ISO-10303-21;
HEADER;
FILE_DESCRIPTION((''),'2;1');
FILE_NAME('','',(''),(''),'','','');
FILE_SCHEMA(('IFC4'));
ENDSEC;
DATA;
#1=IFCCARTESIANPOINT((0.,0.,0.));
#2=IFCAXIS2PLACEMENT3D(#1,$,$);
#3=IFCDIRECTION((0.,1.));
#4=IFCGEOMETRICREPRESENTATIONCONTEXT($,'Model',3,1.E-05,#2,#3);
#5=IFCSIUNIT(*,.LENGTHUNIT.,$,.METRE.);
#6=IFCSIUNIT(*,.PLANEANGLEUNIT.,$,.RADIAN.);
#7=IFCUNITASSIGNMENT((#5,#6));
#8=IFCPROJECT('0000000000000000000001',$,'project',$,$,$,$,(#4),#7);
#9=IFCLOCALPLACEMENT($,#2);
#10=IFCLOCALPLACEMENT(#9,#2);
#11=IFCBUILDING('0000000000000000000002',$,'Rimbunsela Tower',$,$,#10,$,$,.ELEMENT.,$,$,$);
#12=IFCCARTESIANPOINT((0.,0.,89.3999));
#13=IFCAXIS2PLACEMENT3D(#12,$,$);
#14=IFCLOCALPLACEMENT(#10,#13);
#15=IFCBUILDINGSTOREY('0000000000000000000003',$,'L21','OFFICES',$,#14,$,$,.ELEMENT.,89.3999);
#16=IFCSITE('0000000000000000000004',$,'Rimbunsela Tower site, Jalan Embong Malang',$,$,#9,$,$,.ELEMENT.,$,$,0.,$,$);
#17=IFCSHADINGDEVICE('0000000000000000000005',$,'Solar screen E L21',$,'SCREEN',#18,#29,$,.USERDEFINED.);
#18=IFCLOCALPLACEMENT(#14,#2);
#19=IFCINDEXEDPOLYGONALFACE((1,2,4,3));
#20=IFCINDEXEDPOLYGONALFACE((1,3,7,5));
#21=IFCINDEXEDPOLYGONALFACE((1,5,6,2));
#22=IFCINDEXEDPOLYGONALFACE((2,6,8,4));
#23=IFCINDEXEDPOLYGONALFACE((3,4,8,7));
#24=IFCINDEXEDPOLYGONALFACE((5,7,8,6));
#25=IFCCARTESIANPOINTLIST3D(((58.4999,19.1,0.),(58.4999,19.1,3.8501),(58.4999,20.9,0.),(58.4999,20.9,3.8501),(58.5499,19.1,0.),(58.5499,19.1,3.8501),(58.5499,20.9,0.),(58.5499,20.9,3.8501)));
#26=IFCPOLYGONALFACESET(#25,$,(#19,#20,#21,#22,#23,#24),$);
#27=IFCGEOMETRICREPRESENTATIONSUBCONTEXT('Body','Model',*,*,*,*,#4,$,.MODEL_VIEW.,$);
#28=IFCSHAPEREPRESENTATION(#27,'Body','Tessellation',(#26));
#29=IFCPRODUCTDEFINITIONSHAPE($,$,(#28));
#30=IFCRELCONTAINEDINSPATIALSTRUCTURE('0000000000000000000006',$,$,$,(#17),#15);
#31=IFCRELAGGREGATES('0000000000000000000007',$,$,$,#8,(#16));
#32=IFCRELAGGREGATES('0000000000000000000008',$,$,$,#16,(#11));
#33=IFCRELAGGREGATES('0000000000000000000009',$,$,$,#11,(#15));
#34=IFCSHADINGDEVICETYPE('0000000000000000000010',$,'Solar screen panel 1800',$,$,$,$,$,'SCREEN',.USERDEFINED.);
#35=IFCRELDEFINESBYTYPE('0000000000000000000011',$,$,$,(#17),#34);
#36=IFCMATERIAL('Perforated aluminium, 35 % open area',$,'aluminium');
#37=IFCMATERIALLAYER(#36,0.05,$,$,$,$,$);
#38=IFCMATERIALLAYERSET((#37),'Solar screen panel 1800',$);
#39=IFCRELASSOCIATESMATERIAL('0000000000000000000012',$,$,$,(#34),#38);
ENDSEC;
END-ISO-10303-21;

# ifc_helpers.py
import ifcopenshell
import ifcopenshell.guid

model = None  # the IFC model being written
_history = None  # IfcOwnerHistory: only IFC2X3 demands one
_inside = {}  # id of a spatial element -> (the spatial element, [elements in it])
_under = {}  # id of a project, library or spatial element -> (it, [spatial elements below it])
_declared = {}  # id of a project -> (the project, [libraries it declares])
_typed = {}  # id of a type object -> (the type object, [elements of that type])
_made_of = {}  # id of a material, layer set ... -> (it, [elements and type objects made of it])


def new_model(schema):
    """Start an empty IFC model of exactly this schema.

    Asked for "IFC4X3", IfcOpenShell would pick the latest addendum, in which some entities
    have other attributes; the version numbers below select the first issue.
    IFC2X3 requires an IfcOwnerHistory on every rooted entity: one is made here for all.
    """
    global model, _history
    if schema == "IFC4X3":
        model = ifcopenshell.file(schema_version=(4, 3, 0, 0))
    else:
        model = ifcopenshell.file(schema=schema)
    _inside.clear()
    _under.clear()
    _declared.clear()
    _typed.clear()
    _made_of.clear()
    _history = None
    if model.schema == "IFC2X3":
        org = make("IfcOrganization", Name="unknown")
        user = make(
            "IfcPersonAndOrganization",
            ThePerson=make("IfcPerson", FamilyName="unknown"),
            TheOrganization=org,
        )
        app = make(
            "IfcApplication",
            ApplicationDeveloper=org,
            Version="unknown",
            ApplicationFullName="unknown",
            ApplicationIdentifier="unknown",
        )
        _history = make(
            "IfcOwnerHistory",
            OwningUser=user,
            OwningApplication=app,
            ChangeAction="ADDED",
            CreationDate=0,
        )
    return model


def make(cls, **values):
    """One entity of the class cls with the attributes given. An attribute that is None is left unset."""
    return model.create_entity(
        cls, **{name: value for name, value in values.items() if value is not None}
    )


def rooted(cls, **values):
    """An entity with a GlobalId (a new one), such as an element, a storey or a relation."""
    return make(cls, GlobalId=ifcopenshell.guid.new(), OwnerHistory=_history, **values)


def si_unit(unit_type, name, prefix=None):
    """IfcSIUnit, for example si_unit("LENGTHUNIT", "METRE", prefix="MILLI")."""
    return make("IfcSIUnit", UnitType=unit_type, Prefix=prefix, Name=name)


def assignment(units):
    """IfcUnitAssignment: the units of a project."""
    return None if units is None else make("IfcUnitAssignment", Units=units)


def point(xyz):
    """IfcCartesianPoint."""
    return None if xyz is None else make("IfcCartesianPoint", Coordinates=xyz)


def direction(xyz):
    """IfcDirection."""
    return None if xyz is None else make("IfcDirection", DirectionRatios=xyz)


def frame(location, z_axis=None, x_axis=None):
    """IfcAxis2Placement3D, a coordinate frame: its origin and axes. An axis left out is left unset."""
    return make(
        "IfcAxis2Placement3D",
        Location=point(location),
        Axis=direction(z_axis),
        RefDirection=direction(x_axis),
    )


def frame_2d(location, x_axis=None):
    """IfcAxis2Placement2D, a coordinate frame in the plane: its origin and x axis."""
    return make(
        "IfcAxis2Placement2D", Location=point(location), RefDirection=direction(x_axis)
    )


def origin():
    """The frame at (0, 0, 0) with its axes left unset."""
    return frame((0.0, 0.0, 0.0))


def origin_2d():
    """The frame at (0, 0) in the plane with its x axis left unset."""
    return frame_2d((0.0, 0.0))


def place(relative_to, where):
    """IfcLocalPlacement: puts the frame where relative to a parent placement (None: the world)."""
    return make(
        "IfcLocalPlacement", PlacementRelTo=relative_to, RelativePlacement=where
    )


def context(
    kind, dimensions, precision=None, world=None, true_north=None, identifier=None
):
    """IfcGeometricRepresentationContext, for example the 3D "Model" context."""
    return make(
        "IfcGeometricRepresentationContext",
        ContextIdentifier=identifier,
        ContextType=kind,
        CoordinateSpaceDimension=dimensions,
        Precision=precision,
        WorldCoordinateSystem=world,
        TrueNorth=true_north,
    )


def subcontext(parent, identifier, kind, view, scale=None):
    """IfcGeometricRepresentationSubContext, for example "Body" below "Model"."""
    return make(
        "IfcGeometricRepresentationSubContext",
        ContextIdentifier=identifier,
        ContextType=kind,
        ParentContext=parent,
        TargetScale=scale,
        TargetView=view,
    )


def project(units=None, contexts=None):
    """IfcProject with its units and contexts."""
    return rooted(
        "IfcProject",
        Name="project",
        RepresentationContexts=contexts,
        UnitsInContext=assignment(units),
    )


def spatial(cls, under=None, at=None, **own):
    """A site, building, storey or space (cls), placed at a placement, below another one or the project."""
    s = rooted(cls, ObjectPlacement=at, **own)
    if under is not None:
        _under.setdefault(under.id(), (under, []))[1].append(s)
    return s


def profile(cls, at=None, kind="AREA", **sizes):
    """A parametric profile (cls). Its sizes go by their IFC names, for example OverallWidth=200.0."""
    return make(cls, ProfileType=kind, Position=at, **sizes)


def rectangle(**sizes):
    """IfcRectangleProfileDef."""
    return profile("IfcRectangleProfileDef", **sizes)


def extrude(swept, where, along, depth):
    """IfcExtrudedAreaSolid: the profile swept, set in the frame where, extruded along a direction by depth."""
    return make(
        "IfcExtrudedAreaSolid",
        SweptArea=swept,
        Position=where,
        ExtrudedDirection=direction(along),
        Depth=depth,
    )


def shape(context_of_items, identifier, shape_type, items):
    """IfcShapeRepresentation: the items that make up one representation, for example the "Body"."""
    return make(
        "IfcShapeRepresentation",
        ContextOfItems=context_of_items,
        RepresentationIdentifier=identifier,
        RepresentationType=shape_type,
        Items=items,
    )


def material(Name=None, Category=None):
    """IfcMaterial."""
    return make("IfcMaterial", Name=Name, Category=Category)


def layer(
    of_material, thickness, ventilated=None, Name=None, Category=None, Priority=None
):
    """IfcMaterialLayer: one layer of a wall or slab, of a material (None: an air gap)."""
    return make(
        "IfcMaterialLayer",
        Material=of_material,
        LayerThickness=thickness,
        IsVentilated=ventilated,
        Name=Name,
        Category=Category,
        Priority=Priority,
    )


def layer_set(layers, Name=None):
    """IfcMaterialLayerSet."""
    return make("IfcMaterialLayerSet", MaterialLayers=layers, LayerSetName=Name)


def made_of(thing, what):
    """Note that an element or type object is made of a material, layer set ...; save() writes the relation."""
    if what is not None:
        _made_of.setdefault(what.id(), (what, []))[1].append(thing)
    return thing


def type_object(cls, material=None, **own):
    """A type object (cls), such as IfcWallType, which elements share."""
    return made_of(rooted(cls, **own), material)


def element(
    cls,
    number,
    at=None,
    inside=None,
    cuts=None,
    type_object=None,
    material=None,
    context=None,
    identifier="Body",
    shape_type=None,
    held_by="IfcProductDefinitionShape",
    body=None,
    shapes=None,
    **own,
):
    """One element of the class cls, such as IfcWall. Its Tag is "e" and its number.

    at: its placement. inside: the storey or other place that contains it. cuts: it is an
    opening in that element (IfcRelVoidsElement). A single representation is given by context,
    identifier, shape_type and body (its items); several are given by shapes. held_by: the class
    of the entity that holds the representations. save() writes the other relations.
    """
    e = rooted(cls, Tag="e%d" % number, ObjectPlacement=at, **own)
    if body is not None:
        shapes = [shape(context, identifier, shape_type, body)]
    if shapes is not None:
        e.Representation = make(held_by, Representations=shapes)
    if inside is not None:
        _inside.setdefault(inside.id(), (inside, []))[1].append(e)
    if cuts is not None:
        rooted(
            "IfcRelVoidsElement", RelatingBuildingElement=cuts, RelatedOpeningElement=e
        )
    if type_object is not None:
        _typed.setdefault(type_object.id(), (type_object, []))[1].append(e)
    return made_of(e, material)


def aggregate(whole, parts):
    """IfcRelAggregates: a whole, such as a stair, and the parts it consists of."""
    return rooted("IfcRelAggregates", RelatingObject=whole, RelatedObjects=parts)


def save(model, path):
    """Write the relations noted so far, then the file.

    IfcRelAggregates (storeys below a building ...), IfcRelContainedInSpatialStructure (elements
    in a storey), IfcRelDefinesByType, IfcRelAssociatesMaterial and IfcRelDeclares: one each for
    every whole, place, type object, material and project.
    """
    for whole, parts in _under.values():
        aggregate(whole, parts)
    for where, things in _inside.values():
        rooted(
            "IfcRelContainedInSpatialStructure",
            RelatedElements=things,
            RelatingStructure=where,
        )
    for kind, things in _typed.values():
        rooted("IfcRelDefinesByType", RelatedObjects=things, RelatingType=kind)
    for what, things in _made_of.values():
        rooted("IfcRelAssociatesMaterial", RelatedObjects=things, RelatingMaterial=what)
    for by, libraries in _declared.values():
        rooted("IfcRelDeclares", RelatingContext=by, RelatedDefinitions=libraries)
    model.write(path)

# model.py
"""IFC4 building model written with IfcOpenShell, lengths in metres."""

from ifc_helpers import new_model, si_unit, direction, frame, origin, origin_2d, place, context, subcontext, project, spatial, rectangle, extrude, material, layer, layer_set, type_object, element, save


model = new_model("IFC4")

# Units and contexts
model_context = context("Model", 3, precision=1e-05, world=origin(), true_north=direction((0.0, 1.0)))
body_context = subcontext(model_context, "Body", "Model", "MODEL_VIEW")
ifc_project = project(units=[si_unit("LENGTHUNIT", "METRE"), si_unit("PLANEANGLEUNIT", "RADIAN")], contexts=[model_context])

# Site, building, storey
site_placement = place(None, origin())
site = spatial("IfcSite", under=ifc_project, at=site_placement, Name="Rimbunsela Tower site, Jalan Embong Malang", CompositionType="ELEMENT", RefElevation=0.0)
building_placement = place(site_placement, origin())
building = spatial("IfcBuilding", under=site, at=building_placement, Name="Rimbunsela Tower", CompositionType="ELEMENT")
storey_placement = place(building_placement, frame((0.0, 0.0, 89.3999)))
storey = spatial("IfcBuildingStorey", under=building, at=storey_placement, Name="L21", Description="OFFICES", CompositionType="ELEMENT", Elevation=89.3999)

# Shading device
ifc_material_1 = material(Name="Perforated aluminium, 35 % open area", Category="aluminium")
ifc_layer_1 = layer(ifc_material_1, 0.05)
ifc_layer_set_1 = layer_set([ifc_layer_1], Name="Solar screen panel 1800")
shading_device_type = type_object("IfcShadingDeviceType", Name="Solar screen panel 1800", ElementType="SCREEN", PredefinedType="USERDEFINED", material=ifc_layer_set_1)
for number, where, z_axis, x_axis, name in (
    (1, (58.5249, 20.0, 0.0), (0.0, 0.0, 1.0), (0.0, 1.0, 0.0), "Solar screen E L21"),
):
    element("IfcShadingDevice", number, at=place(storey_placement, frame(where, z_axis=z_axis, x_axis=x_axis)), inside=storey, type_object=shading_device_type, Name=name, ObjectType="SCREEN", PredefinedType="USERDEFINED", context=body_context, shape_type="SweptSolid", body=[
        extrude(rectangle(XDim=1.8, YDim=0.05, at=origin_2d()), origin(), (0.0, 0.0, 1.0), 3.8501),
    ])

save(model, "model.ifc")
